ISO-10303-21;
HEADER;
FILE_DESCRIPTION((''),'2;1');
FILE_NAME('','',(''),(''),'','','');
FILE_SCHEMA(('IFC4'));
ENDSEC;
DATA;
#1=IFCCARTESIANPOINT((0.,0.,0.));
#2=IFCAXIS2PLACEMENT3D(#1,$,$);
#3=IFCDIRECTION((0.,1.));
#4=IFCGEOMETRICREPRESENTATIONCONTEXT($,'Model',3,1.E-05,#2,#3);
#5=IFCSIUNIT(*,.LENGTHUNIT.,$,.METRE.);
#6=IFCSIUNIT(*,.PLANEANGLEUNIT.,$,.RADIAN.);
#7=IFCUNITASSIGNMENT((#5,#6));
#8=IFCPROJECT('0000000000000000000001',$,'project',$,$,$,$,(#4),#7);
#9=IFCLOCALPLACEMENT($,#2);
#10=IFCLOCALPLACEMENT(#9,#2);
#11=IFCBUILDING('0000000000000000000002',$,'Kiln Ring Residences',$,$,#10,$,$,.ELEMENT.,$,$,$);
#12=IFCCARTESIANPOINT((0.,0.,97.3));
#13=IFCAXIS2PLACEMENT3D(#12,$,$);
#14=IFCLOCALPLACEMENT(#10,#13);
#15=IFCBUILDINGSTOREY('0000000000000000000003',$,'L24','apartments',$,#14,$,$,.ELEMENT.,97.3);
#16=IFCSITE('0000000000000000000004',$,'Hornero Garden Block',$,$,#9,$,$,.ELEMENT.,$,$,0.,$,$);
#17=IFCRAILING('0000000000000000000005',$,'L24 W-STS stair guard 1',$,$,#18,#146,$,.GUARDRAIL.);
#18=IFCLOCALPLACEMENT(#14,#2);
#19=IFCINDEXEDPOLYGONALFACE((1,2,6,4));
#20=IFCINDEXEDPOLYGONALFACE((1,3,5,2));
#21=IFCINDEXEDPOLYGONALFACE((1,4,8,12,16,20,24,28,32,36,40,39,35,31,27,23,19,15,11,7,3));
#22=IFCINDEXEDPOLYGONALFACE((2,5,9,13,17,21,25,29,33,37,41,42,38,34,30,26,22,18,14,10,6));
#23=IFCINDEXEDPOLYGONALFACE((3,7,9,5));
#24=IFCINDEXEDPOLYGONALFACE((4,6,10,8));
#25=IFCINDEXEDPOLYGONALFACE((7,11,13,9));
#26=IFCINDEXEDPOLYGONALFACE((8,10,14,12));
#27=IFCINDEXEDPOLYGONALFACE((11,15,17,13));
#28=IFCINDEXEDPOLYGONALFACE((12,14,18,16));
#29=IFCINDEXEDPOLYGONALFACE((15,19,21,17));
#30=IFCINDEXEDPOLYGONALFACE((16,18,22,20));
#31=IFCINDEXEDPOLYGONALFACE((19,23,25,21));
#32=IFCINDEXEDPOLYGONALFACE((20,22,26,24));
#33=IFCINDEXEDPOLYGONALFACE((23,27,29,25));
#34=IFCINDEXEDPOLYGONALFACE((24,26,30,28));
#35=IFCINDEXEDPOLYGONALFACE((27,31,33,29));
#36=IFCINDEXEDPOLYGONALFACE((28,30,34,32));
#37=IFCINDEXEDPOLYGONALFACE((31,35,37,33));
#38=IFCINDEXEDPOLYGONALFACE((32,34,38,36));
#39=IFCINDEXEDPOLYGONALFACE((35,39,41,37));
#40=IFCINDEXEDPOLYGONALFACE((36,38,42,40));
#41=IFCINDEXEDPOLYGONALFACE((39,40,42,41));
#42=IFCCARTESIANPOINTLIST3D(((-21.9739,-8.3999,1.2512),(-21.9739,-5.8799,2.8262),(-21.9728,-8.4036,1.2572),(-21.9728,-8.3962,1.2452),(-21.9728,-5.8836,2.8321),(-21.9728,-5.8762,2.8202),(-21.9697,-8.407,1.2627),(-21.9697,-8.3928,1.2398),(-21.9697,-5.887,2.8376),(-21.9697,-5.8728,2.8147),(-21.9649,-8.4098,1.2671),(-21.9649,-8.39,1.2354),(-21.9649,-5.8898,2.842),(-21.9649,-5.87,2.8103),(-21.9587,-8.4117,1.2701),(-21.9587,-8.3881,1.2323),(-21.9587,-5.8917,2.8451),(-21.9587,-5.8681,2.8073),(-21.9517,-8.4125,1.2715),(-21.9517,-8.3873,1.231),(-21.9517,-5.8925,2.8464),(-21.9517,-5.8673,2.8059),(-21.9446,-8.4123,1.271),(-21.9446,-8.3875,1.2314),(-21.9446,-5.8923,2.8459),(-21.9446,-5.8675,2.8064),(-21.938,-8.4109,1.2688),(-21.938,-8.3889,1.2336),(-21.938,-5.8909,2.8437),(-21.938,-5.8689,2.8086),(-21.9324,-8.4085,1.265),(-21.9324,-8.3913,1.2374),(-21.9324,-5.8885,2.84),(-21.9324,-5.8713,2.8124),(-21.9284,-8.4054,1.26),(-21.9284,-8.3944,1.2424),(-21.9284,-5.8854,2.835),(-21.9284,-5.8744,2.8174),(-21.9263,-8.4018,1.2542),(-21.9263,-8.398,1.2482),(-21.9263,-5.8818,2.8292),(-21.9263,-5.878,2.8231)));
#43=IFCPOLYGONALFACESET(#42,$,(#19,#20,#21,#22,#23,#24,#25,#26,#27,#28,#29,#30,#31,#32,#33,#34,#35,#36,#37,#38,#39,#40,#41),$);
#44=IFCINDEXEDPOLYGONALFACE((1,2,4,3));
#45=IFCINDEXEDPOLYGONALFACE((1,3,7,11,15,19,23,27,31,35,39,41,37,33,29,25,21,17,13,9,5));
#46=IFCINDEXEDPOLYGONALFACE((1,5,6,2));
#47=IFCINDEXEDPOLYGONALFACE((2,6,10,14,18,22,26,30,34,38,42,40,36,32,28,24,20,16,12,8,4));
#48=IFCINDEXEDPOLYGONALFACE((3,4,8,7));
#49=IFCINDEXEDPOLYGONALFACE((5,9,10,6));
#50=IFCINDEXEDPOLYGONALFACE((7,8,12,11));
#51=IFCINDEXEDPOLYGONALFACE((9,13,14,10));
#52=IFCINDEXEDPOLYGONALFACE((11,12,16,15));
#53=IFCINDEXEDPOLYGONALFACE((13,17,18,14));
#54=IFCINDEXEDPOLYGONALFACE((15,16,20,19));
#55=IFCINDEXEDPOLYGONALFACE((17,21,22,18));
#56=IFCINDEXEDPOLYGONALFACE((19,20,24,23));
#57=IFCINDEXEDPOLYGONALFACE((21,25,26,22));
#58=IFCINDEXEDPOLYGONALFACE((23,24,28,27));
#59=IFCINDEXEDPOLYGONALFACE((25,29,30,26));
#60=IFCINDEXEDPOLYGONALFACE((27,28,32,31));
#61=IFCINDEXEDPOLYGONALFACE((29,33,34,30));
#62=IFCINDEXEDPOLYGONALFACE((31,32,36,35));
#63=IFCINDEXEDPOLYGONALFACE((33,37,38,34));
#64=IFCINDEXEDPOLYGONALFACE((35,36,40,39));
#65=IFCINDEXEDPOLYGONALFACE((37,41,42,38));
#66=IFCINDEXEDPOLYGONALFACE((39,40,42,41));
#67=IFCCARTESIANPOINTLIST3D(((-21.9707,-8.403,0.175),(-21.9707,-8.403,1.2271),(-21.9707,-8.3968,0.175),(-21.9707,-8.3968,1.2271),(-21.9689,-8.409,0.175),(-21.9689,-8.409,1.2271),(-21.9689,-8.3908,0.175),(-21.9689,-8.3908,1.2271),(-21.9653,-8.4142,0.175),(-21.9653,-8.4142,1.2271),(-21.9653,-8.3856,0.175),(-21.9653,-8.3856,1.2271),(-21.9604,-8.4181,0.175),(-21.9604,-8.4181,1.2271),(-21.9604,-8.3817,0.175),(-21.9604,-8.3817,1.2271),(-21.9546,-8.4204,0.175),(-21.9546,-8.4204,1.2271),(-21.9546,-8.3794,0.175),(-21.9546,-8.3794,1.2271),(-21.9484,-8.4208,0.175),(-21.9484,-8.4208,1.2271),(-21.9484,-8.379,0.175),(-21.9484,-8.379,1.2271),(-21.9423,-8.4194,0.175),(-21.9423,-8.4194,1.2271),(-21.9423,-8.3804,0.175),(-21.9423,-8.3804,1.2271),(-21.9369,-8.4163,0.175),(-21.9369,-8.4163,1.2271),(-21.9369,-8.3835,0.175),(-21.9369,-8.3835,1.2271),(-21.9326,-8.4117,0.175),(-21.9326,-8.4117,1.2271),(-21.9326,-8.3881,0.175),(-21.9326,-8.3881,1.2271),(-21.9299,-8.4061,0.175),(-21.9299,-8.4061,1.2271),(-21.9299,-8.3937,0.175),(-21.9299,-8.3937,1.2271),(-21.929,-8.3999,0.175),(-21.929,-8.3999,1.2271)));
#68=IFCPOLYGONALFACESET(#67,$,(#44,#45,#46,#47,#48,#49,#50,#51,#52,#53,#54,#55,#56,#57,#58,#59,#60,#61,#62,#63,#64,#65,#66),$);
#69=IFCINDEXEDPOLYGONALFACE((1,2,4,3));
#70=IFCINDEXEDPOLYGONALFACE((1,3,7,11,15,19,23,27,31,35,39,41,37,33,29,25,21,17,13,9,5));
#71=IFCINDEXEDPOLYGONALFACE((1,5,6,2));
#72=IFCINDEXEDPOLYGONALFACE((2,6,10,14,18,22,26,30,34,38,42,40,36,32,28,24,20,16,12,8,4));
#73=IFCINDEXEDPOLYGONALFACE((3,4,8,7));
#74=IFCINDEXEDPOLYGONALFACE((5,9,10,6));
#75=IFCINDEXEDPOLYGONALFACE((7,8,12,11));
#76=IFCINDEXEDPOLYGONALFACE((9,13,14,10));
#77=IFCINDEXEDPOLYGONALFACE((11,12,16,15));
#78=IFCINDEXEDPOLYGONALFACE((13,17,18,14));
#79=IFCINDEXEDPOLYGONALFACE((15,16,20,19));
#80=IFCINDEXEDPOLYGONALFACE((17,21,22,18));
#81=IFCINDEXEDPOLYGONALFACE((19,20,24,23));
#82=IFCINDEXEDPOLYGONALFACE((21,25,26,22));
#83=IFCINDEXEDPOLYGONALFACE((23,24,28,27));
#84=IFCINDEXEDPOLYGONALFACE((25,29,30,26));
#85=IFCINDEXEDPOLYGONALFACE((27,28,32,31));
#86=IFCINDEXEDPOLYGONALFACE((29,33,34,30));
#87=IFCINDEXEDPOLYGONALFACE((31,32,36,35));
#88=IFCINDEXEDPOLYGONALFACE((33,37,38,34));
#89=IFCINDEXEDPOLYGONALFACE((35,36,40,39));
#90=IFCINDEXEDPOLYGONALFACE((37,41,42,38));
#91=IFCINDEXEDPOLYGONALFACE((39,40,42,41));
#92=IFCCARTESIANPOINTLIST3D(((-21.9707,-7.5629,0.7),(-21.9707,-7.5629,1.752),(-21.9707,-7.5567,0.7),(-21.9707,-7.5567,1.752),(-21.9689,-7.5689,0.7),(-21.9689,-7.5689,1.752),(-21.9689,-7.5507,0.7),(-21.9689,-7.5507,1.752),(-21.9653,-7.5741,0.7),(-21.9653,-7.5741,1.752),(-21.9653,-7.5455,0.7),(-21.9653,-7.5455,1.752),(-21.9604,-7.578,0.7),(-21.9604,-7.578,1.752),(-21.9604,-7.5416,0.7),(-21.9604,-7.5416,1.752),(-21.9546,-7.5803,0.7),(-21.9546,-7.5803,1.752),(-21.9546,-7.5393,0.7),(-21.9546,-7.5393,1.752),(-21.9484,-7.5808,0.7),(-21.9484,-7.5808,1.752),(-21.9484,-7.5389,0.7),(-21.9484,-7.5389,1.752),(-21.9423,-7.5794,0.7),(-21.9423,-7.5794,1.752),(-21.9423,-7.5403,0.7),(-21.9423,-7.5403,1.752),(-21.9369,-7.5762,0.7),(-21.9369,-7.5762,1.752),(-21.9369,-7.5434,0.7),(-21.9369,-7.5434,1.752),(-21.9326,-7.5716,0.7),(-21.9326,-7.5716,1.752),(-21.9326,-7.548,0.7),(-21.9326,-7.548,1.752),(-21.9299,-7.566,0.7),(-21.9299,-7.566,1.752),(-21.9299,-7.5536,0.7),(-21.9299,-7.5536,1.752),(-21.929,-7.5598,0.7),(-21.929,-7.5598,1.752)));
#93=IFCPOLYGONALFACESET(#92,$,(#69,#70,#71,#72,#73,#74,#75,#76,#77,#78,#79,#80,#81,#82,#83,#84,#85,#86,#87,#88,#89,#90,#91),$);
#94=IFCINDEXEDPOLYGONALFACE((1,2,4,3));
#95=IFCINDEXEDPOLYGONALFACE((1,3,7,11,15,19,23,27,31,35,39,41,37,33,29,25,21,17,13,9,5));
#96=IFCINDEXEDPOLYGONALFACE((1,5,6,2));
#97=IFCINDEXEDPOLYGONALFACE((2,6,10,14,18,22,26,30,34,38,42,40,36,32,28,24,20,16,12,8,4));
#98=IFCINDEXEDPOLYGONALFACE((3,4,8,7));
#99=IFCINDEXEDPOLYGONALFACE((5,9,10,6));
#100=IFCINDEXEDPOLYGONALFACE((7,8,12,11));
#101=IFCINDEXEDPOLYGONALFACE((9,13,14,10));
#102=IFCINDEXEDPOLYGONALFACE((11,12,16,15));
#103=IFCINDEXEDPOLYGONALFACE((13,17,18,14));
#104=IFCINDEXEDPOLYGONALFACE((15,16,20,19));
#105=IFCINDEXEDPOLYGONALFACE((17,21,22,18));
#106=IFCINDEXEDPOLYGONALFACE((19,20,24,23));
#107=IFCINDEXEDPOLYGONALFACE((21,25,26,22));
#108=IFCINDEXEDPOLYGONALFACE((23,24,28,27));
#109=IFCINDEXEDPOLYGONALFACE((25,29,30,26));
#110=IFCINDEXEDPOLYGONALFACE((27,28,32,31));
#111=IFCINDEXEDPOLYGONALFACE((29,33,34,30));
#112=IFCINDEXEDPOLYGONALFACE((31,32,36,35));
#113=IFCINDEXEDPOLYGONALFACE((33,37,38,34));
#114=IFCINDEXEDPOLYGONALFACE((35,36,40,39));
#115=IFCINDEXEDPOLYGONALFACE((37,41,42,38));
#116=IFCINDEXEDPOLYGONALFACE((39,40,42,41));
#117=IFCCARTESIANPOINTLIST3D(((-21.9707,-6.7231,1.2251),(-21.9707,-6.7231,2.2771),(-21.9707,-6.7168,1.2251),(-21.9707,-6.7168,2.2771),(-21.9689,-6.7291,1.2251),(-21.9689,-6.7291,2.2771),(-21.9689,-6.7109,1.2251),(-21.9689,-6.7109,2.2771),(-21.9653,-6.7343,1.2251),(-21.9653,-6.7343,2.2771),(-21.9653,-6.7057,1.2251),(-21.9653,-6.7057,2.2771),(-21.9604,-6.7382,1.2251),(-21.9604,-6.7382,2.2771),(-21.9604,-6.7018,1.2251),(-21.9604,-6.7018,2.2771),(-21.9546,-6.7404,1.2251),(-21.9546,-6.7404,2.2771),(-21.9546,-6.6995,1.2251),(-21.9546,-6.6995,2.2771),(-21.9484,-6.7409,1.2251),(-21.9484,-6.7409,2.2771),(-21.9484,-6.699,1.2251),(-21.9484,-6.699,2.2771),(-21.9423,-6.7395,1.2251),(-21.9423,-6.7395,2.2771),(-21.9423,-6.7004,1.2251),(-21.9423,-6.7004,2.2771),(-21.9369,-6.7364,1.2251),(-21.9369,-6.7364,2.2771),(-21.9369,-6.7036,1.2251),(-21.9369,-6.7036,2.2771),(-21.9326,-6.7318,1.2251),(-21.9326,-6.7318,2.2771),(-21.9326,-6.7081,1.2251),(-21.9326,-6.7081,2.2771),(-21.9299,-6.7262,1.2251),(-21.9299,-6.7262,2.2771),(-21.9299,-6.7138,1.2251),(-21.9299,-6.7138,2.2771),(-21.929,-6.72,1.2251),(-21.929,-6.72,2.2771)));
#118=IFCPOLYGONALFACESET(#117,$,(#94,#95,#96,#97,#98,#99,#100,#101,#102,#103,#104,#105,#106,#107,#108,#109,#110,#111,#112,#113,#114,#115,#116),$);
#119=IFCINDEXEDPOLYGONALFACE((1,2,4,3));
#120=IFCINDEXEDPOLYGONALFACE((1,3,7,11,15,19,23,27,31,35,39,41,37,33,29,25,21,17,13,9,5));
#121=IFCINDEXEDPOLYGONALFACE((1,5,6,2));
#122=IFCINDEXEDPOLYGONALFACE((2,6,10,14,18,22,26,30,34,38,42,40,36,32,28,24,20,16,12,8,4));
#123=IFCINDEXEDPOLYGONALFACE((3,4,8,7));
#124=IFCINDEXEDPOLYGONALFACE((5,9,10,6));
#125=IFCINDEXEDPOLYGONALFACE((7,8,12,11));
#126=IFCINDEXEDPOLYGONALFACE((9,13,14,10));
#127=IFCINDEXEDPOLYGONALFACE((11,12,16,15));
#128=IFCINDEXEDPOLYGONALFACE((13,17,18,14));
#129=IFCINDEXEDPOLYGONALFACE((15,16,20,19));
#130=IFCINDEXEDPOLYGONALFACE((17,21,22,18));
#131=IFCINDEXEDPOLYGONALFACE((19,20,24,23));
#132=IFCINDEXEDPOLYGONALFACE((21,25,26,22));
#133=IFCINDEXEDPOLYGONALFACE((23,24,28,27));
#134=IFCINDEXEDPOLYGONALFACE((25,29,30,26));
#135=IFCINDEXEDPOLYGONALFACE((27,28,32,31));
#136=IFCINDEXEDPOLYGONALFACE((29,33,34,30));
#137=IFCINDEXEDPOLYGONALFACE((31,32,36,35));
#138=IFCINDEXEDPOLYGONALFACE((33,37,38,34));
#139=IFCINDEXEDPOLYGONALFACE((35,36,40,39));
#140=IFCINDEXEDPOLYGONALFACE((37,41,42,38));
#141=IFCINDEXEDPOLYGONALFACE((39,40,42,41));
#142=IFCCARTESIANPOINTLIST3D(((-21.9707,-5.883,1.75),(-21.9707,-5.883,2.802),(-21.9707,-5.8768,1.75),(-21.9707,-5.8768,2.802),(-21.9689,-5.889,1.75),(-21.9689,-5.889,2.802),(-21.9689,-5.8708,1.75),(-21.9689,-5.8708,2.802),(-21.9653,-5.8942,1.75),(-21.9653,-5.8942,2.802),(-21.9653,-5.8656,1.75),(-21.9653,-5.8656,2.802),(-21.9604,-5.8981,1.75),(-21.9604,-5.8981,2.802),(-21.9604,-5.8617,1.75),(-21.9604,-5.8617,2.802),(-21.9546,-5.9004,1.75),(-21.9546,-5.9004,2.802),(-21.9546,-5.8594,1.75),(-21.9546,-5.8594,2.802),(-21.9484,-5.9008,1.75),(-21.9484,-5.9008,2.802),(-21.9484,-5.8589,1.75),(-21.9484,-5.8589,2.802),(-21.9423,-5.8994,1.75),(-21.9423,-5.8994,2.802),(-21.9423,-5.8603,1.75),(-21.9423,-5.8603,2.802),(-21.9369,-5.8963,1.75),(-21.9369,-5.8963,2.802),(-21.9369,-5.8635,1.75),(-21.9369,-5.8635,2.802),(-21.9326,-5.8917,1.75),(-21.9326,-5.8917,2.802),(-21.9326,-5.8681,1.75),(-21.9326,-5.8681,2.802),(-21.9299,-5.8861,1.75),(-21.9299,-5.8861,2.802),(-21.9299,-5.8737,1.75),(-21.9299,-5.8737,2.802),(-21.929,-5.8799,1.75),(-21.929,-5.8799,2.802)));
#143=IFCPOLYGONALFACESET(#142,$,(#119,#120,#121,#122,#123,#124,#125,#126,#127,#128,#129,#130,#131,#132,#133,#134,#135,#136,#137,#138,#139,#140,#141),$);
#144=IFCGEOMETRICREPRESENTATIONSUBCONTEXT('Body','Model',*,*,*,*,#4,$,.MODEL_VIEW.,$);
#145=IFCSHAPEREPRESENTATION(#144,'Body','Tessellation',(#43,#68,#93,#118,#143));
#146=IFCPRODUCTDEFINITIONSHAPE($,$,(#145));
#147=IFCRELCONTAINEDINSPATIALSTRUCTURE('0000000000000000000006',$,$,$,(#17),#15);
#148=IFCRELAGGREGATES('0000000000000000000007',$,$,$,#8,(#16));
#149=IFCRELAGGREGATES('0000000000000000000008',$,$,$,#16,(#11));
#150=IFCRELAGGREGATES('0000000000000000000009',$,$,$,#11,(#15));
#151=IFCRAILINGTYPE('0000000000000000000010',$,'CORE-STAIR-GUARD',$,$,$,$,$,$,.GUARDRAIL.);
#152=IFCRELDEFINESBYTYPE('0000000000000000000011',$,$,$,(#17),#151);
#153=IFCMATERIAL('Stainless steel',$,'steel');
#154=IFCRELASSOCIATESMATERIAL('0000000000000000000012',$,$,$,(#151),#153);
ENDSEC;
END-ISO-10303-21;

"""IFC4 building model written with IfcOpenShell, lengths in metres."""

from ifc_helpers import new_model, si_unit, direction, frame, origin, origin_2d, place, context, subcontext, project, spatial, circle, extrude, material, type_object, element, save


model = new_model("IFC4")

# Units and contexts
model_context = context("Model", 3, precision=1e-05, world=origin(), true_north=direction((0.0, 1.0)))
body_context = subcontext(model_context, "Body", "Model", "MODEL_VIEW")
ifc_project = project(units=[si_unit("LENGTHUNIT", "METRE"), si_unit("PLANEANGLEUNIT", "RADIAN")], contexts=[model_context])

# Site, building, storey
site_placement = place(None, origin())
site = spatial("IfcSite", under=ifc_project, at=site_placement, Name="Hornero Garden Block", CompositionType="ELEMENT", RefElevation=0.0)
building_placement = place(site_placement, origin())
building = spatial("IfcBuilding", under=site, at=building_placement, Name="Kiln Ring Residences", CompositionType="ELEMENT")
storey_placement = place(building_placement, frame((0.0, 0.0, 97.3)))
storey = spatial("IfcBuildingStorey", under=building, at=storey_placement, Name="L24", Description="apartments", CompositionType="ELEMENT", Elevation=97.3)

# Railing
ifc_material_1 = material(Name="Stainless steel", Category="steel")
railing_type_1 = type_object("IfcRailingType", Name="CORE-STAIR-GUARD", PredefinedType="GUARDRAIL", material=ifc_material_1)
railing_1_placement = place(storey_placement, frame((-21.95, -8.3999, 0.175)))
element("IfcRailing", 1, at=railing_1_placement, inside=storey, type_object=railing_type_1, Name="L24 W-STS stair guard 1", PredefinedType="GUARDRAIL", context=body_context, shape_type="SweptSolid", body=[
    extrude(circle(Radius=0.0239, at=origin_2d()), frame((0.0, 0.0, 1.0762), z_axis=(0.0, 0.848008, 0.529984), x_axis=(-1.0, 0.0, 0.0)), (0.0, 0.0, 1.0), 2.9717),
    extrude(circle(Radius=0.021, at=origin_2d()), origin(), (0.0, 0.0, 1.0), 1.052),
    extrude(circle(Radius=0.021, at=origin_2d()), frame((0.0, 0.8401, 0.5249)), (0.0, 0.0, 1.0), 1.052),
    extrude(circle(Radius=0.021, at=origin_2d()), frame((0.0, 1.6799, 1.05)), (0.0, 0.0, 1.0), 1.052),
    extrude(circle(Radius=0.021, at=origin_2d()), frame((0.0, 2.52, 1.575)), (0.0, 0.0, 1.0), 1.052),
])

save(model, "model.ifc")
